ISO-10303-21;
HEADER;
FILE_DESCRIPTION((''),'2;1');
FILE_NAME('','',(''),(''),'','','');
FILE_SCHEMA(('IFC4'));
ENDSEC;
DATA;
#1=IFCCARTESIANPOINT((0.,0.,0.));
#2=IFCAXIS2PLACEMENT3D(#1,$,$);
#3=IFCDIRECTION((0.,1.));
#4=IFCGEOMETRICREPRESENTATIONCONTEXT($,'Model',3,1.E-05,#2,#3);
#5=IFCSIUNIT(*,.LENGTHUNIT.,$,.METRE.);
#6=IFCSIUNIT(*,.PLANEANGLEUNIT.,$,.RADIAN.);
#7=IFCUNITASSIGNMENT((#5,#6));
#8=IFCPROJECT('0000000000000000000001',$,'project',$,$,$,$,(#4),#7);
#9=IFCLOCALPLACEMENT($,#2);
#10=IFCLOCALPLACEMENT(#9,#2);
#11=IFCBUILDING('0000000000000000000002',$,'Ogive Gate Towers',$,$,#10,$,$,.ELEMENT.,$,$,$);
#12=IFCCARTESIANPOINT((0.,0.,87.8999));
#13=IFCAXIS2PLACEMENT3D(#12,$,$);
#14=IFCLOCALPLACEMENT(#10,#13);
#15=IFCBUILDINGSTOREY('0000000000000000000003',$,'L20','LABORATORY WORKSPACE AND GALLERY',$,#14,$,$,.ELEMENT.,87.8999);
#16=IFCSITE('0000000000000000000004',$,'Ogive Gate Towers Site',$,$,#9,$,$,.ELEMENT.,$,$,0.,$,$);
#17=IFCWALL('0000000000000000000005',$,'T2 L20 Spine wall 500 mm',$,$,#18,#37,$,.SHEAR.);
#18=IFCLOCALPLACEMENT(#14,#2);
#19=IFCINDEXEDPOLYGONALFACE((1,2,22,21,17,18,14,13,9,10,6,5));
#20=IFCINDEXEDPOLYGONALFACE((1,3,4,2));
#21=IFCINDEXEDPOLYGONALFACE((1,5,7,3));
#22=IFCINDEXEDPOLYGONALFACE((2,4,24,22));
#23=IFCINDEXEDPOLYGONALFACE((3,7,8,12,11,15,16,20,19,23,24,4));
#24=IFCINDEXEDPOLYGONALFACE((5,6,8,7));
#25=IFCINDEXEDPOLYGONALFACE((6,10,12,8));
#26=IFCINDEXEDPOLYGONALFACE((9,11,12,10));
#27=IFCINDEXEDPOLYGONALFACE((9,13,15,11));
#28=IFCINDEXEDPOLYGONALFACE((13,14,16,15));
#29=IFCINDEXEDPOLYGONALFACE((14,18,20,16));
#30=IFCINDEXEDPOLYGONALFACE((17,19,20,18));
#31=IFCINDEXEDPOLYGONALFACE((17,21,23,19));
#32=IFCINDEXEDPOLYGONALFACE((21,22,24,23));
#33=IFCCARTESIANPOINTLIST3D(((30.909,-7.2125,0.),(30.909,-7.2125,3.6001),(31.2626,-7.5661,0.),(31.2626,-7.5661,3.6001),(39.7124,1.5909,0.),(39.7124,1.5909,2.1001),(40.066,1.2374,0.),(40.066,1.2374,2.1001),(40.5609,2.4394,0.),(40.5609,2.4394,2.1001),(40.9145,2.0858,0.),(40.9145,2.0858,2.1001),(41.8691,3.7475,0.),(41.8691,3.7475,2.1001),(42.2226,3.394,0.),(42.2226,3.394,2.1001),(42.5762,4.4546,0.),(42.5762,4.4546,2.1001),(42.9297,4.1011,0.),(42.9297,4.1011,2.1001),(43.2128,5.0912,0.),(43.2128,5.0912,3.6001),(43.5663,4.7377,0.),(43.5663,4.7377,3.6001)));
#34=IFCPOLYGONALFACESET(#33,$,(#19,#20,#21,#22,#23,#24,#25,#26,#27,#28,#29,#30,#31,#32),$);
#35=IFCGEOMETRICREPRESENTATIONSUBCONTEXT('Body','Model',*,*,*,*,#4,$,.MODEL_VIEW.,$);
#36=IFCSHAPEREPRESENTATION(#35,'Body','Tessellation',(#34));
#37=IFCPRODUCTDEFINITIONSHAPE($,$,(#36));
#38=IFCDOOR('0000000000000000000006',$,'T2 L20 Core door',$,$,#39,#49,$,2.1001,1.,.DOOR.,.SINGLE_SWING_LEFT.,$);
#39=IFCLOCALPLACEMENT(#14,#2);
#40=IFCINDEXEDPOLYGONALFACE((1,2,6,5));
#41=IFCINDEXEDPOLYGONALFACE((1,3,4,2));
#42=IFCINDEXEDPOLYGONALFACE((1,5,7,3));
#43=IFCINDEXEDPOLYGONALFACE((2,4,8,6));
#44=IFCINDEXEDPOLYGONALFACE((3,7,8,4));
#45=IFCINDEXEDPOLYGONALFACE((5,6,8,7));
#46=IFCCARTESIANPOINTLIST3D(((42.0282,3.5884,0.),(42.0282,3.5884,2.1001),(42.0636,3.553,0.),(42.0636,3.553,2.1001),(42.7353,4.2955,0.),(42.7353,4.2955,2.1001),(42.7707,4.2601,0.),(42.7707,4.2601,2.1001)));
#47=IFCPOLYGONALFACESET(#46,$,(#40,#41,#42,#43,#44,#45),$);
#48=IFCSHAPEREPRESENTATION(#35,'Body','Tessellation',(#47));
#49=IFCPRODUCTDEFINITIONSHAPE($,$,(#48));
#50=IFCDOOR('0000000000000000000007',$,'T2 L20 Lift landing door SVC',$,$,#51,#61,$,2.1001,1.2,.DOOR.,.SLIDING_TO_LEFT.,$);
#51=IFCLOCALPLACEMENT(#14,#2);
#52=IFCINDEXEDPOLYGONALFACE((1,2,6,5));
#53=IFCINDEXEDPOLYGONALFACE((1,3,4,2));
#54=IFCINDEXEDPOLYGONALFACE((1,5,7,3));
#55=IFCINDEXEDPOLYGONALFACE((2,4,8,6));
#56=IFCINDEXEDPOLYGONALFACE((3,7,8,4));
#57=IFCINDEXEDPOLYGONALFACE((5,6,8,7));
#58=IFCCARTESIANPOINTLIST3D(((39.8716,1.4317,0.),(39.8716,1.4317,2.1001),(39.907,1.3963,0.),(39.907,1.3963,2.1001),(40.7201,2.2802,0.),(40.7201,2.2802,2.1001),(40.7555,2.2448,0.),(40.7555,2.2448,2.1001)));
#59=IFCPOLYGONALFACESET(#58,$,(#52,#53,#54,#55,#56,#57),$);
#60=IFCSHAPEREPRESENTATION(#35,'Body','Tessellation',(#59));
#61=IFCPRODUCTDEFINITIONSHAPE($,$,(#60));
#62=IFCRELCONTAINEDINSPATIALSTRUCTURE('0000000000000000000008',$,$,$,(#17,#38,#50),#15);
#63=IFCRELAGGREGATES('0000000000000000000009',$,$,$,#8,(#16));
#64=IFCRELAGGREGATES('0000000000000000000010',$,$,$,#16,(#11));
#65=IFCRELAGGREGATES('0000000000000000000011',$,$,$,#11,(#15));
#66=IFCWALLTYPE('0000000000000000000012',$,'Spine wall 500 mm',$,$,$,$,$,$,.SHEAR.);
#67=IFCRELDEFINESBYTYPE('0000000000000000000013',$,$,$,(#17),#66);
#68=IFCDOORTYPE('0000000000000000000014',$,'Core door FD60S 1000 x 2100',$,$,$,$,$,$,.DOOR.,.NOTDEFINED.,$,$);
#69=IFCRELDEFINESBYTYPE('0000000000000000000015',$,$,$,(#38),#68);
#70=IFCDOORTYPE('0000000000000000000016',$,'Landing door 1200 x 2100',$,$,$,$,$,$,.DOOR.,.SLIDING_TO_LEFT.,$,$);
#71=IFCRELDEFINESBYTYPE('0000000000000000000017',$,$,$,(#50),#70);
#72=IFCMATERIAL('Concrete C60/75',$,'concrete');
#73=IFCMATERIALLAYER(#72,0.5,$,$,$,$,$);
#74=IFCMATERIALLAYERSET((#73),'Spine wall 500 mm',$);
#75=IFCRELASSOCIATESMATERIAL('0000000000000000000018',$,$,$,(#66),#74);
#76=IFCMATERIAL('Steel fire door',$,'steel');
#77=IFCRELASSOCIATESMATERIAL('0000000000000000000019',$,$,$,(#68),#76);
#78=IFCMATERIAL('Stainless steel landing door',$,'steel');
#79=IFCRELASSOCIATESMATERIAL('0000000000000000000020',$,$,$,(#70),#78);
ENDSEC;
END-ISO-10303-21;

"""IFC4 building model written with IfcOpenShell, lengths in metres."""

from ifc_helpers import new_model, si_unit, direction, frame, frame_2d, origin, place, context, subcontext, project, spatial, rectangle, extrude, material, layer, layer_set, type_object, element, fill, save


model = new_model("IFC4")

# Units and contexts
model_context = context("Model", 3, precision=1e-05, world=origin(), true_north=direction((0.0, 1.0)))
body_context = subcontext(model_context, "Body", "Model", "MODEL_VIEW")
ifc_project = project(units=[si_unit("LENGTHUNIT", "METRE"), si_unit("PLANEANGLEUNIT", "RADIAN")], contexts=[model_context])

# Site, building, storey
site_placement = place(None, origin())
site = spatial("IfcSite", under=ifc_project, at=site_placement, Name="Ogive Gate Towers Site", CompositionType="ELEMENT", RefElevation=0.0)
building_placement = place(site_placement, origin())
building = spatial("IfcBuilding", under=site, at=building_placement, Name="Ogive Gate Towers", CompositionType="ELEMENT")
storey_placement = place(building_placement, frame((0.0, 0.0, 87.8999)))
storey = spatial("IfcBuildingStorey", under=building, at=storey_placement, Name="L20", Description="LABORATORY WORKSPACE AND GALLERY", CompositionType="ELEMENT", Elevation=87.8999)

# Shared definitions
ifc_material_1 = material(Name="Concrete C60/75", Category="concrete")

# Wall, openings, doors
ifc_layer_1 = layer(ifc_material_1, 0.5)
ifc_layer_set_1 = layer_set([ifc_layer_1], Name="Spine wall 500 mm")
wall_type_1 = type_object("IfcWallType", Name="Spine wall 500 mm", PredefinedType="SHEAR", material=ifc_layer_set_1)
wall_1_placement = place(storey_placement, frame((31.0857, -7.3894, 0.0), z_axis=(0.0, 0.0, 1.0), x_axis=(0.707107, 0.707107, 0.0)))
wall_1 = element("IfcWall", 1, at=wall_1_placement, inside=storey, type_object=wall_type_1, Name="T2 L20 Spine wall 500 mm", PredefinedType="SHEAR", context=body_context, shape_type="SweptSolid", body=[
    extrude(rectangle(XDim=17.4001, YDim=0.5, at=frame_2d((8.7002, 0.0))), origin(), (0.0, 0.0, 1.0), 3.6001),
])
opening_1_placement = place(wall_1_placement, frame((12.45, 0.0, 0.0)))
opening_1 = element("IfcOpeningElement", 2, at=opening_1_placement, cuts=wall_1, PredefinedType="OPENING", context=body_context, shape_type="SweptSolid", body=[
    extrude(rectangle(XDim=1.2, YDim=2.1001, at=frame_2d((0.6001, 1.05))), frame((0.0, 0.26, 0.0), z_axis=(0.0, -1.0, 0.0), x_axis=(1.0, 0.0, 0.0)), (0.0, 0.0, 1.0), 0.52),
])
opening_2_placement = place(wall_1_placement, frame((15.5, 0.0, 0.0)))
opening_2 = element("IfcOpeningElement", 3, at=opening_2_placement, cuts=wall_1, PredefinedType="OPENING", context=body_context, shape_type="SweptSolid", body=[
    extrude(rectangle(XDim=1.0, YDim=2.1001, at=frame_2d((0.5, 1.05))), frame((0.0, 0.26, 0.0), z_axis=(0.0, -1.0, 0.0), x_axis=(1.0, 0.0, 0.0)), (0.0, 0.0, 1.0), 0.52),
])
ifc_material_2 = material(Name="Steel fire door", Category="steel")
door_type_1 = type_object("IfcDoorType", Name="Core door FD60S 1000 x 2100", OperationType="NOTDEFINED", PredefinedType="DOOR", material=ifc_material_2)
door_1_placement = place(opening_2_placement, origin())
door_1 = element("IfcDoor", 4, at=door_1_placement, inside=storey, type_object=door_type_1, Name="T2 L20 Core door", OperationType="SINGLE_SWING_LEFT", OverallHeight=2.1001, OverallWidth=1.0, PredefinedType="DOOR", context=body_context, shape_type="SweptSolid", body=[
    extrude(rectangle(XDim=1.0, YDim=2.1001, at=frame_2d((0.5, 1.05))), frame((0.0, 0.0249, 0.0), z_axis=(0.0, -1.0, 0.0), x_axis=(1.0, 0.0, 0.0)), (0.0, 0.0, 1.0), 0.05),
])
fill(opening_2, door_1)
ifc_material_3 = material(Name="Stainless steel landing door", Category="steel")
door_type_2 = type_object("IfcDoorType", Name="Landing door 1200 x 2100", OperationType="SLIDING_TO_LEFT", PredefinedType="DOOR", material=ifc_material_3)
door_2_placement = place(opening_1_placement, origin())
door_2 = element("IfcDoor", 5, at=door_2_placement, inside=storey, type_object=door_type_2, Name="T2 L20 Lift landing door SVC", OperationType="SLIDING_TO_LEFT", OverallHeight=2.1001, OverallWidth=1.2, PredefinedType="DOOR", context=body_context, shape_type="SweptSolid", body=[
    extrude(rectangle(XDim=1.2, YDim=2.1001, at=frame_2d((0.6001, 1.05))), frame((0.0, 0.0249, 0.0), z_axis=(0.0, -1.0, 0.0), x_axis=(1.0, 0.0, 0.0)), (0.0, 0.0, 1.0), 0.05),
])
fill(opening_1, door_2)

save(model, "model.ifc")
